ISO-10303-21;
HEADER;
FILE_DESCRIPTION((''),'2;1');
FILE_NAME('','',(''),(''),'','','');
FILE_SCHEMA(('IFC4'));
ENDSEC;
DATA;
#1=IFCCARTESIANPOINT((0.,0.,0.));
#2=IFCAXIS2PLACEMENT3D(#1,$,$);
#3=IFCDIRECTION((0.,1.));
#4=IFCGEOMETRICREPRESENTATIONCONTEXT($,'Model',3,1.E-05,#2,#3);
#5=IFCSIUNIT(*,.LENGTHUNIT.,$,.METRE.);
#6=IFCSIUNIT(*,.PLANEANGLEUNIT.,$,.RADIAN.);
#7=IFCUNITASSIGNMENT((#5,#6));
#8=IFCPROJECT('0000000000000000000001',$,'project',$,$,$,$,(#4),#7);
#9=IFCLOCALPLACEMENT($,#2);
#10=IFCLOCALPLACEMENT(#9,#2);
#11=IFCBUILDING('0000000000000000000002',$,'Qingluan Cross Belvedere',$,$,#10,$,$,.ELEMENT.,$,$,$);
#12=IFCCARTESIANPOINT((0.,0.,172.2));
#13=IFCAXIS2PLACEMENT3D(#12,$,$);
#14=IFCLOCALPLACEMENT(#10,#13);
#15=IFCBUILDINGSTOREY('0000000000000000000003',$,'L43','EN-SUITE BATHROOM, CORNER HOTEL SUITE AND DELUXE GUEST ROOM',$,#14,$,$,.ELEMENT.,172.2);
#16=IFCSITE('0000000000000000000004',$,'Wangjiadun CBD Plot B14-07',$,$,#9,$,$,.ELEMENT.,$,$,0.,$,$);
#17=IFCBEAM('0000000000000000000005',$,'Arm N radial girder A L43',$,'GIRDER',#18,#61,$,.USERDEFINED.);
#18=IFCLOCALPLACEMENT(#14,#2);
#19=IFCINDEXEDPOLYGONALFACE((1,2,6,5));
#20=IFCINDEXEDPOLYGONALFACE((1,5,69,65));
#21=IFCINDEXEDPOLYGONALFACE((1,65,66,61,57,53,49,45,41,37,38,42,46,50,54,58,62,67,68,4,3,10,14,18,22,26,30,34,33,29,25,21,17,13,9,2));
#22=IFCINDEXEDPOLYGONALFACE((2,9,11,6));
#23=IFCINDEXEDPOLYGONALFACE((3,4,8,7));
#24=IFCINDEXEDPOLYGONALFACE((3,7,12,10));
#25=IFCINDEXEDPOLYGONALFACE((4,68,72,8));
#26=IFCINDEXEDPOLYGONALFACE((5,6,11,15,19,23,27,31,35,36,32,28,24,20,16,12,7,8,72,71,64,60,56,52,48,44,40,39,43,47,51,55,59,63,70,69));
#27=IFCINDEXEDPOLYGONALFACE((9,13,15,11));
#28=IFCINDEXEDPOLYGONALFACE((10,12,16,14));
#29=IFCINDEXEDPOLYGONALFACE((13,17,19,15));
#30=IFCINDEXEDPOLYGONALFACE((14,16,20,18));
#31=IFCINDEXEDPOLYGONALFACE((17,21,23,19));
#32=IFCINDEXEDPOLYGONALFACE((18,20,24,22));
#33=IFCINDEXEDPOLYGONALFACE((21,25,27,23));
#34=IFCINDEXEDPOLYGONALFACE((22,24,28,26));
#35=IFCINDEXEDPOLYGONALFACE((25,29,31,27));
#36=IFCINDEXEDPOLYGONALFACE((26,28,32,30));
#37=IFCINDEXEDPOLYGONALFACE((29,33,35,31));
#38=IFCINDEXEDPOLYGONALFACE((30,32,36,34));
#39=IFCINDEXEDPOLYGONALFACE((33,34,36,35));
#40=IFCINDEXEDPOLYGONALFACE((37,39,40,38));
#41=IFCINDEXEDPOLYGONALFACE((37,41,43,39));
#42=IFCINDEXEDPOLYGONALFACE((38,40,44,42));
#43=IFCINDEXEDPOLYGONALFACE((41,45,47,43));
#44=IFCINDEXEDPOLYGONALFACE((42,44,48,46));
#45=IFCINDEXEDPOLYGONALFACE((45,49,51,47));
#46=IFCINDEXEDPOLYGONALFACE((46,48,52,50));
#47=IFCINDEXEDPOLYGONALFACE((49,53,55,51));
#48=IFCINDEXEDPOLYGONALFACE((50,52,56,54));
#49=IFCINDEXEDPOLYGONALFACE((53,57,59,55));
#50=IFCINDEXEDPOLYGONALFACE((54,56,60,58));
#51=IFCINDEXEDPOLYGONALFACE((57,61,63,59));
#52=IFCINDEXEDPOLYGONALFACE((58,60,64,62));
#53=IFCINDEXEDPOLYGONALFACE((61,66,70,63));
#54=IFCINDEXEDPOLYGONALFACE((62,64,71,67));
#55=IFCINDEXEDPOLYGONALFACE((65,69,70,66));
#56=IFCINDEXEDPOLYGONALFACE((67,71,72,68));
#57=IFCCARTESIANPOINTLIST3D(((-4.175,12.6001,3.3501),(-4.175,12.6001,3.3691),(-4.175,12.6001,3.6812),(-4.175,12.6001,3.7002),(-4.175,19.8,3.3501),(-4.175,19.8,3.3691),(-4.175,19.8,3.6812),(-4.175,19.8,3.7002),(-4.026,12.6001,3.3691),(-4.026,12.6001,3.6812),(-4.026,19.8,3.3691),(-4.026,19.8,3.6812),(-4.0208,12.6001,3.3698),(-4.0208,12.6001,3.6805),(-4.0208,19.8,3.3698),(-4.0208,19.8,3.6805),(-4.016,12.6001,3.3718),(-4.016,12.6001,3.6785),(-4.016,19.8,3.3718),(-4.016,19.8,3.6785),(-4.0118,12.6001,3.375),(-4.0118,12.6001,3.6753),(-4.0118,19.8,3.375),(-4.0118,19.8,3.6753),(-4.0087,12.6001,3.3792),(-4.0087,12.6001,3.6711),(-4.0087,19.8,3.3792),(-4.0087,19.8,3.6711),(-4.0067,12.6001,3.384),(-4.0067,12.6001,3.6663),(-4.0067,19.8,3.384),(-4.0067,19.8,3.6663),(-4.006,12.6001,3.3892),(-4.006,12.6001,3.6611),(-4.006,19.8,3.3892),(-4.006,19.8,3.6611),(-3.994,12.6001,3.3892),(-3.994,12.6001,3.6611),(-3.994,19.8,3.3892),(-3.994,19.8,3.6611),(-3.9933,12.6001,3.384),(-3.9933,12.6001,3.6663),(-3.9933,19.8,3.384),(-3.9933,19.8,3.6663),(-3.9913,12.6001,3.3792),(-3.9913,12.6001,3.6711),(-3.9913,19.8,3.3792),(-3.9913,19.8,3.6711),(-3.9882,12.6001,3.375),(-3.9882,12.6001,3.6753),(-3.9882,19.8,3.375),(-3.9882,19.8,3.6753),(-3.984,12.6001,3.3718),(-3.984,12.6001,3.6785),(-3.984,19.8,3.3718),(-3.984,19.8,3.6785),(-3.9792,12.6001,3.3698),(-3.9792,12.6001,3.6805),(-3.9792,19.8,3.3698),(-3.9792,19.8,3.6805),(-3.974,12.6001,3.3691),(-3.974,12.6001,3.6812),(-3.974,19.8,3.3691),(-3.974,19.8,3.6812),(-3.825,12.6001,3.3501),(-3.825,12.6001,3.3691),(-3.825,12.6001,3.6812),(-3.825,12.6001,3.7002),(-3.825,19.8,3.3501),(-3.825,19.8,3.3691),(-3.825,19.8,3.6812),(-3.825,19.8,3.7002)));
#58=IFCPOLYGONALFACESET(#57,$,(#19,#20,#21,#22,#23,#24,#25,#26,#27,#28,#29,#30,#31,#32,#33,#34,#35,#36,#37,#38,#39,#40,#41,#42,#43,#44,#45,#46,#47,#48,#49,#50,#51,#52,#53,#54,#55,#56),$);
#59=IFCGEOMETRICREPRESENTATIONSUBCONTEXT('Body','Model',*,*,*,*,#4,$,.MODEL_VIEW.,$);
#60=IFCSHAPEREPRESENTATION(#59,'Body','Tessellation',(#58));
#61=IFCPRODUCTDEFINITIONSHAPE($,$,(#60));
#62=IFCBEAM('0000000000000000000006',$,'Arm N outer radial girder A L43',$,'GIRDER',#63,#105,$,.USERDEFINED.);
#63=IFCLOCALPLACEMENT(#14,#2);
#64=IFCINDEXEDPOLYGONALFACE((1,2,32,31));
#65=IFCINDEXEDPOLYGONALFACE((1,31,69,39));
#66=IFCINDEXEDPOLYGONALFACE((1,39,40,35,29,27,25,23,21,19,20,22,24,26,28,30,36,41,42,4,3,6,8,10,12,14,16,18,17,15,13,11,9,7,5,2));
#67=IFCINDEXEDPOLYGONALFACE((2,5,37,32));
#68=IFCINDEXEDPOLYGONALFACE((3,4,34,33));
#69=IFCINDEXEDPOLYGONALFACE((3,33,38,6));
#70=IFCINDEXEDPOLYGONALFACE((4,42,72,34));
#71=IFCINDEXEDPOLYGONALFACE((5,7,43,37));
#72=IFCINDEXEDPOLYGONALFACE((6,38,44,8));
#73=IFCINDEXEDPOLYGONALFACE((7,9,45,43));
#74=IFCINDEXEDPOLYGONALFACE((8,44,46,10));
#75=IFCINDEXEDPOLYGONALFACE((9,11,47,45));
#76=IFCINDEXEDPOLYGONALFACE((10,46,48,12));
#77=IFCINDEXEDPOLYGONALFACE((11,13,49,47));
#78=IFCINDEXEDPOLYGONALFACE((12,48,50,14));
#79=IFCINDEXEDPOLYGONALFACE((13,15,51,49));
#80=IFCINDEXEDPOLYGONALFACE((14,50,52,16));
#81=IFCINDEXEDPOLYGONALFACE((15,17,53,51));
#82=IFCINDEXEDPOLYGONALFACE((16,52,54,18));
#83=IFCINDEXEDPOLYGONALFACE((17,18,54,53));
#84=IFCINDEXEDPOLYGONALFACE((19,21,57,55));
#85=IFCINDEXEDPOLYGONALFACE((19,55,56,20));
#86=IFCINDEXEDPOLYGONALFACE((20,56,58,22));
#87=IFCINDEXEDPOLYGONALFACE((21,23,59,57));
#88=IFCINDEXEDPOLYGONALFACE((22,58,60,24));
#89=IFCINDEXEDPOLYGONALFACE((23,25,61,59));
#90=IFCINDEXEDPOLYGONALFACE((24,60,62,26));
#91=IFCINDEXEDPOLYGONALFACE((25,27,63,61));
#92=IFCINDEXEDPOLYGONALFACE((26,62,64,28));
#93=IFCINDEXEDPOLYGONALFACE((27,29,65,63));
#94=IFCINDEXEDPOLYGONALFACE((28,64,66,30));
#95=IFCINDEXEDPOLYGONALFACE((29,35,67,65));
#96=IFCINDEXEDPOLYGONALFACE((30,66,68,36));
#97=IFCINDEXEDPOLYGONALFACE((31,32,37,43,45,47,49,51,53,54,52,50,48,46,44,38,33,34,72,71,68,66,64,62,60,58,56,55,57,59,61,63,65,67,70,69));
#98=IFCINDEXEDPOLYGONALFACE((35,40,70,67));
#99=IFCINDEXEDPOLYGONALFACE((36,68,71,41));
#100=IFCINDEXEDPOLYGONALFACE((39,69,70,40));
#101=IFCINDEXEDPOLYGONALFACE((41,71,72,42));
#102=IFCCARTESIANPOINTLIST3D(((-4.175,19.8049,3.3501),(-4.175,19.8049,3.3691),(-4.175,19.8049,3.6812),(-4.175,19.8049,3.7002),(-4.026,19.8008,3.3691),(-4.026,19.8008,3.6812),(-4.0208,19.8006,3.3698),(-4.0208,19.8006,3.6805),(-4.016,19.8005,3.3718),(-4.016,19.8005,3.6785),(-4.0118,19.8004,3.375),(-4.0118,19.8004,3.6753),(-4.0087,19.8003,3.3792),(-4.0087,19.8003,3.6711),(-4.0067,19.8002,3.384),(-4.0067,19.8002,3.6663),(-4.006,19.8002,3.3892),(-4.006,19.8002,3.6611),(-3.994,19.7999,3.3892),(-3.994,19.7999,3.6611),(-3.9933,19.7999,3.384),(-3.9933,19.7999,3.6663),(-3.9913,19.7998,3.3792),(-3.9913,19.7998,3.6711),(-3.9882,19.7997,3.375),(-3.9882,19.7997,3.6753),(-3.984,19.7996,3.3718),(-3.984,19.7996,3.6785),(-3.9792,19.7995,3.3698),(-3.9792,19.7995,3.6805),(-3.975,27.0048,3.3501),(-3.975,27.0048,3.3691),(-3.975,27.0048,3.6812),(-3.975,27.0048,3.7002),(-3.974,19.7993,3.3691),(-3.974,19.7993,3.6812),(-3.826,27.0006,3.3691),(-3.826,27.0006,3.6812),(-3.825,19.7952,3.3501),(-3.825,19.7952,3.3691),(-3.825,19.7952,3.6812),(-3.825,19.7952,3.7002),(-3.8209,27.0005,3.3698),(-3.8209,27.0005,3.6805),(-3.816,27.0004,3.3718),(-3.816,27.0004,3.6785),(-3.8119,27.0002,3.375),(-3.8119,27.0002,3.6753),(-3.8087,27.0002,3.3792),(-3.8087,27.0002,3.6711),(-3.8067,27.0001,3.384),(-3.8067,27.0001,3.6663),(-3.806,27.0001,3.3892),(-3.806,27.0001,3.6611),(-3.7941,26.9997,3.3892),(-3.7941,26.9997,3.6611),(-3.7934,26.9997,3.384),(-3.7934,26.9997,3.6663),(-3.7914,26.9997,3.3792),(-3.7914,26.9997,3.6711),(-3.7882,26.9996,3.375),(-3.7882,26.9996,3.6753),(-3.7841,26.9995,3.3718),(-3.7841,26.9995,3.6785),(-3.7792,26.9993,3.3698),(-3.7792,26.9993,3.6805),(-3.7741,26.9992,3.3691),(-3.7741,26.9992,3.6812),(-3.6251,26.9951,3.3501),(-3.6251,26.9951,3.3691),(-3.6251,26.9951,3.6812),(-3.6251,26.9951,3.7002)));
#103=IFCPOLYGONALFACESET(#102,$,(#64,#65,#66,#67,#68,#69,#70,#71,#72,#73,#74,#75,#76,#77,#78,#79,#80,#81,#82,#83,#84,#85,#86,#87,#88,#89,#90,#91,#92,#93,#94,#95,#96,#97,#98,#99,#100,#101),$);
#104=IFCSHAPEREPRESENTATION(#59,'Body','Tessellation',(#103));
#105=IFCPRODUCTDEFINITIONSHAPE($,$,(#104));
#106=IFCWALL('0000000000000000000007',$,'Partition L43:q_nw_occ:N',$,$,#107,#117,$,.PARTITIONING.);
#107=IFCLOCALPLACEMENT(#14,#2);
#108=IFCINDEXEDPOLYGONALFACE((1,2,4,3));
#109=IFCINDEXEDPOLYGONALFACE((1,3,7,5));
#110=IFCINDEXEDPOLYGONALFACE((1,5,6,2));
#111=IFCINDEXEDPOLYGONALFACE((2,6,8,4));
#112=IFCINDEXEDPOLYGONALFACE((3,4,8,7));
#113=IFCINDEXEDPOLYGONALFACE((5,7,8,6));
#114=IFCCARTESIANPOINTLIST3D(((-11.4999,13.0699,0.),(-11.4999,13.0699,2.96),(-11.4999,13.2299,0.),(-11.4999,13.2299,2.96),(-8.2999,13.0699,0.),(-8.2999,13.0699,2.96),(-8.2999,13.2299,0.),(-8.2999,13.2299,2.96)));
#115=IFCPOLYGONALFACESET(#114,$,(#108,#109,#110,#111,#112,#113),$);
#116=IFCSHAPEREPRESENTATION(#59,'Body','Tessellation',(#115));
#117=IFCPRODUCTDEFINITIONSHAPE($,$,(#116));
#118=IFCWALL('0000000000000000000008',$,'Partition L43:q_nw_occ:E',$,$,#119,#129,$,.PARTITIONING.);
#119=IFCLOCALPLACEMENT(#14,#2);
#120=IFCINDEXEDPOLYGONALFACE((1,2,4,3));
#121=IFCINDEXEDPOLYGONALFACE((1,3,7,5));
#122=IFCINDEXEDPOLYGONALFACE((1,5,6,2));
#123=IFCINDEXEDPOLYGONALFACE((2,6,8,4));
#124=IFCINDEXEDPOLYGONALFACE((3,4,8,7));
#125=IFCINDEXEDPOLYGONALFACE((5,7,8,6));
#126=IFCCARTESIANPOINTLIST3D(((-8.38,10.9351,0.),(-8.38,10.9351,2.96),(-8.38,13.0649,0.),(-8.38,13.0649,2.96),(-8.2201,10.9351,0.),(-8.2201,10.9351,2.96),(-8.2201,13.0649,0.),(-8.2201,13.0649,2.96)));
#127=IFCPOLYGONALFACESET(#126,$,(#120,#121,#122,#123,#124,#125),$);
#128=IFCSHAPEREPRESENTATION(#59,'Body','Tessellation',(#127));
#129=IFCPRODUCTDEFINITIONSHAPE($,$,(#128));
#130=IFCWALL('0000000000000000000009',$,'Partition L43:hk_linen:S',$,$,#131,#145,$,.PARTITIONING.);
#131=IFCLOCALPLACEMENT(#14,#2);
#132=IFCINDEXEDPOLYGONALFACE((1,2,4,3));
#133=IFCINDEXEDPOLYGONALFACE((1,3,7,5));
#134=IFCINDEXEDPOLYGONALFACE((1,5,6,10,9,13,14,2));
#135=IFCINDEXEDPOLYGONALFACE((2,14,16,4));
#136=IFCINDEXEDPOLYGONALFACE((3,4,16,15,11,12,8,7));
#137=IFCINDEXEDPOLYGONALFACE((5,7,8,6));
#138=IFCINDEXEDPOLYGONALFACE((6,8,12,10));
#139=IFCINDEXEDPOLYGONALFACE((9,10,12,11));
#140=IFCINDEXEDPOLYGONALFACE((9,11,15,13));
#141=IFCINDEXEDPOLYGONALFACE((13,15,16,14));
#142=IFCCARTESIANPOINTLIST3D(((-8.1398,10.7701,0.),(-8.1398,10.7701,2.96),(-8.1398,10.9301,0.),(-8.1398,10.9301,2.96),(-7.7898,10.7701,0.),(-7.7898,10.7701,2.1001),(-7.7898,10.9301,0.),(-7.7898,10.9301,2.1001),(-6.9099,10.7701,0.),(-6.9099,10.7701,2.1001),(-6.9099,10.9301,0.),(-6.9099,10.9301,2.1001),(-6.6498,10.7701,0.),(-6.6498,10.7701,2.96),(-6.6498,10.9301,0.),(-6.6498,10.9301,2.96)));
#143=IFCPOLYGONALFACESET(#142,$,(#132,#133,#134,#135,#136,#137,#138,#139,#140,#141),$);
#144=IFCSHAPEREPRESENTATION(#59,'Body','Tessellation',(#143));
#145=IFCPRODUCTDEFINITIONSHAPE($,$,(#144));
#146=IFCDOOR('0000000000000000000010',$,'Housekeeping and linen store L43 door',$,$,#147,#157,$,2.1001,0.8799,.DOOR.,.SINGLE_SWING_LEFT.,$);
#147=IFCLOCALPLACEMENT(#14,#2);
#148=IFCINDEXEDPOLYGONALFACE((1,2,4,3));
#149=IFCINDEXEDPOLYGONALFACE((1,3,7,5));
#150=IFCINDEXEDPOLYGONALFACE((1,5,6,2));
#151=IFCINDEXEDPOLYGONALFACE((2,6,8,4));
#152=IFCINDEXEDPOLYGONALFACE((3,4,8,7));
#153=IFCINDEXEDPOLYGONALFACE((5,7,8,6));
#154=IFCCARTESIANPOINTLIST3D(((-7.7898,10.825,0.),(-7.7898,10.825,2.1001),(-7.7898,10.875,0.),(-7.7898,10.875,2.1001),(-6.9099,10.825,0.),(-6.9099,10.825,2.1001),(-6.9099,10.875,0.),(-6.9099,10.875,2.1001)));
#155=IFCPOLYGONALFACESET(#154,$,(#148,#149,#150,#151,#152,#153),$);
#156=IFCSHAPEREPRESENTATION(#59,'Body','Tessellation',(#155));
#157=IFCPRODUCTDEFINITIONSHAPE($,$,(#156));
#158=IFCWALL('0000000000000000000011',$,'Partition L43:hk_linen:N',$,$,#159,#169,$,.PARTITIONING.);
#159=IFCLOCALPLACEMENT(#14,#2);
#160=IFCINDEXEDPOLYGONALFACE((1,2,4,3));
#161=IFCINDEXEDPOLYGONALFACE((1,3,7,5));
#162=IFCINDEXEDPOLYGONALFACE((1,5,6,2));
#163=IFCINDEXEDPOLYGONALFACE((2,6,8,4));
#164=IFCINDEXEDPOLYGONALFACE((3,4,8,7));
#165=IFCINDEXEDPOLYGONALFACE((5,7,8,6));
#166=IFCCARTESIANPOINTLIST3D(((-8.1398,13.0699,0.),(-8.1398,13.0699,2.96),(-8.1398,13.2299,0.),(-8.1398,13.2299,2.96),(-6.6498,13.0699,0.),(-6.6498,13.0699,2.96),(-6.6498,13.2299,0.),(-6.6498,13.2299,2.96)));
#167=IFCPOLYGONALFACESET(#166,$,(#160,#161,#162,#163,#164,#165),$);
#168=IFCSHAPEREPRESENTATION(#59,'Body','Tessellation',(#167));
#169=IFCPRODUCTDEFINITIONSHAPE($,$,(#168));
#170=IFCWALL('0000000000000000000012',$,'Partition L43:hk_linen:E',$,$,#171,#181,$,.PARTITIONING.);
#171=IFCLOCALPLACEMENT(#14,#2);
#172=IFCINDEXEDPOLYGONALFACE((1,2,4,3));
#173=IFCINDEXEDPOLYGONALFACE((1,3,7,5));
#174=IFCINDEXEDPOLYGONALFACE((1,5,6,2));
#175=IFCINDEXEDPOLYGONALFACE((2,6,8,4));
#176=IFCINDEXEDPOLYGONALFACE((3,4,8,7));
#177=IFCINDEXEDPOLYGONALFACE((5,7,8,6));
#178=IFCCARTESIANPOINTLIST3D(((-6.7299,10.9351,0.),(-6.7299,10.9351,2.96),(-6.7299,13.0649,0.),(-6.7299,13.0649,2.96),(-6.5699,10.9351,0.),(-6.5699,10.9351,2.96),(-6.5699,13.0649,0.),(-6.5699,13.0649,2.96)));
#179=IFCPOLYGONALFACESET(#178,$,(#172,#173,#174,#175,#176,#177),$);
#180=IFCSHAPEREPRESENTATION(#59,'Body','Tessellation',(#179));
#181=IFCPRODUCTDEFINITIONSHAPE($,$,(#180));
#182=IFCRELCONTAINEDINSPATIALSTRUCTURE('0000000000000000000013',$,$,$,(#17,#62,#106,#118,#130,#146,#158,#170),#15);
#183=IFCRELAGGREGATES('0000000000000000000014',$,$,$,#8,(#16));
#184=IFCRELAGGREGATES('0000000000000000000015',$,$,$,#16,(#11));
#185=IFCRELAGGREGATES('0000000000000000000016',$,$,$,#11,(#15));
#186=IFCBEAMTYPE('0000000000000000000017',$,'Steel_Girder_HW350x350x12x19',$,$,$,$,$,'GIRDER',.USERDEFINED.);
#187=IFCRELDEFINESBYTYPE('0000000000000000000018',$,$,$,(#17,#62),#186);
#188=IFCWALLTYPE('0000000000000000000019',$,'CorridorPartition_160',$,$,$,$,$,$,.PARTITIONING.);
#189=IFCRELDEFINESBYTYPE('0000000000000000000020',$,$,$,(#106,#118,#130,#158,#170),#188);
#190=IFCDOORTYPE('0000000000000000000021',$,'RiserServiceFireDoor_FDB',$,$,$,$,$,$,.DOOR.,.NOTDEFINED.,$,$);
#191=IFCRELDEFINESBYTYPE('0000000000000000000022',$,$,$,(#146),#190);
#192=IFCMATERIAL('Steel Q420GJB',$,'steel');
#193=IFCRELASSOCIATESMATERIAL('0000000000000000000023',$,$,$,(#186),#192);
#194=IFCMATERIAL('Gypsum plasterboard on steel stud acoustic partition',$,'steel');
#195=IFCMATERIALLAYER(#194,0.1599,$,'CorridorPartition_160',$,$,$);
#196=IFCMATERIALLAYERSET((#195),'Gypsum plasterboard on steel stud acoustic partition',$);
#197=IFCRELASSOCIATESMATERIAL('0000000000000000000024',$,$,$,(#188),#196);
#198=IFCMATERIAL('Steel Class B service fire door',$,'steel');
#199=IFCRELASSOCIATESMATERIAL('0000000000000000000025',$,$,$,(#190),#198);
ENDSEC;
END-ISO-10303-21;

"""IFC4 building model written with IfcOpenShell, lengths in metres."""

from ifc_helpers import new_model, si_unit, direction, frame, frame_2d, origin, origin_2d, place, context, subcontext, project, spatial, rectangle, i_section, extrude, material, layer, layer_set, material_profile, profile_set, type_object, element, fill, save


model = new_model("IFC4")

# Units and contexts
model_context = context("Model", 3, precision=1e-05, world=origin(), true_north=direction((0.0, 1.0)))
body_context = subcontext(model_context, "Body", "Model", "MODEL_VIEW")
ifc_project = project(units=[si_unit("LENGTHUNIT", "METRE"), si_unit("PLANEANGLEUNIT", "RADIAN")], contexts=[model_context])

# Site, building, storey
site_placement = place(None, origin())
site = spatial("IfcSite", under=ifc_project, at=site_placement, Name="Wangjiadun CBD Plot B14-07", CompositionType="ELEMENT", RefElevation=0.0)
building_placement = place(site_placement, origin())
building = spatial("IfcBuilding", under=site, at=building_placement, Name="Qingluan Cross Belvedere", CompositionType="ELEMENT")
storey_placement = place(building_placement, frame((0.0, 0.0, 172.2)))
storey = spatial("IfcBuildingStorey", under=building, at=storey_placement, Name="L43", Description="EN-SUITE BATHROOM, CORNER HOTEL SUITE AND DELUXE GUEST ROOM", CompositionType="ELEMENT", Elevation=172.2)

# Beams
ifc_material_1 = material(Name="Steel Q420GJB", Category="steel")
ifc_material_profile_1 = material_profile(ifc_material_1, i_section(OverallWidth=0.3501, OverallDepth=0.3501, WebThickness=0.012, FlangeThickness=0.019, FilletRadius=0.02, at=origin_2d()), Name="HW350x350x12x19")
ifc_profile_set_1 = profile_set([ifc_material_profile_1], Name="Steel Q420GJB")
beam_type_1 = type_object("IfcBeamType", Name="Steel_Girder_HW350x350x12x19", ElementType="GIRDER", PredefinedType="USERDEFINED", material=ifc_profile_set_1)
beam_1_placement = place(storey_placement, frame((-4.0, 12.6001, 3.5251), z_axis=(0.0, 1.0, 0.0), x_axis=(-1.0, 0.0, 0.0)))
element("IfcBeam", 1, at=beam_1_placement, inside=storey, type_object=beam_type_1, Name="Arm N radial girder A L43", ObjectType="GIRDER", PredefinedType="USERDEFINED", context=body_context, shape_type="SweptSolid", body=[
    extrude(i_section(OverallWidth=0.3501, OverallDepth=0.3501, WebThickness=0.012, FlangeThickness=0.019, FilletRadius=0.02, at=origin_2d()), origin(), (0.0, 0.0, 1.0), 7.2),
])
beam_2_placement = place(storey_placement, frame((-4.0, 19.8, 3.5251), z_axis=(0.02776, 0.999615, 0.0), x_axis=(-0.999615, 0.02776, 0.0)))
element("IfcBeam", 2, at=beam_2_placement, inside=storey, type_object=beam_type_1, Name="Arm N outer radial girder A L43", ObjectType="GIRDER", PredefinedType="USERDEFINED", context=body_context, shape_type="SweptSolid", body=[
    extrude(i_section(OverallWidth=0.3501, OverallDepth=0.3501, WebThickness=0.012, FlangeThickness=0.019, FilletRadius=0.02, at=origin_2d()), origin(), (0.0, 0.0, 1.0), 7.2026),
])

# Walls
ifc_material_2 = material(Name="Gypsum plasterboard on steel stud acoustic partition", Category="steel")
ifc_layer_1 = layer(ifc_material_2, 0.1599, Name="CorridorPartition_160")
ifc_layer_set_1 = layer_set([ifc_layer_1], Name="Gypsum plasterboard on steel stud acoustic partition")
wall_type_1 = type_object("IfcWallType", Name="CorridorPartition_160", PredefinedType="PARTITIONING", material=ifc_layer_set_1)
wall_1_placement = place(storey_placement, frame((-11.5, 13.1499, 0.0), z_axis=(0.0, 0.0, 1.0), x_axis=(1.0, 0.0, 0.0)))
element("IfcWall", 3, at=wall_1_placement, inside=storey, type_object=wall_type_1, Name="Partition L43:q_nw_occ:N", PredefinedType="PARTITIONING", context=body_context, shape_type="SweptSolid", body=[
    extrude(rectangle(XDim=3.2, YDim=0.1599, at=frame_2d((1.6001, 0.0))), origin(), (0.0, 0.0, 1.0), 2.96),
])
wall_2_placement = place(storey_placement, frame((-8.3, 10.9351, 0.0), z_axis=(0.0, 0.0, 1.0), x_axis=(0.0, 1.0, 0.0)))
element("IfcWall", 4, at=wall_2_placement, inside=storey, type_object=wall_type_1, Name="Partition L43:q_nw_occ:E", PredefinedType="PARTITIONING", context=body_context, shape_type="SweptSolid", body=[
    extrude(rectangle(XDim=2.1299, YDim=0.1599, at=frame_2d((1.0649, 0.0))), origin(), (0.0, 0.0, 1.0), 2.96),
])

# Wall, opening, door
wall_3_placement = place(storey_placement, frame((-8.1399, 10.8501, 0.0), z_axis=(0.0, 0.0, 1.0), x_axis=(1.0, 0.0, 0.0)))
wall_3 = element("IfcWall", 5, at=wall_3_placement, inside=storey, type_object=wall_type_1, Name="Partition L43:hk_linen:S", PredefinedType="PARTITIONING", context=body_context, shape_type="SweptSolid", body=[
    extrude(rectangle(XDim=1.49, YDim=0.1599, at=frame_2d((0.7451, 0.0))), origin(), (0.0, 0.0, 1.0), 2.96),
])
opening_1_placement = place(wall_3_placement, frame((0.3501, 0.0, 0.0)))
opening_1 = element("IfcOpeningElement", 6, at=opening_1_placement, cuts=wall_3, PredefinedType="OPENING", context=body_context, shape_type="SweptSolid", body=[
    extrude(rectangle(XDim=0.8799, YDim=2.1001, at=frame_2d((0.4399, 1.05))), frame((0.0, 0.0898, 0.0), z_axis=(0.0, -1.0, 0.0), x_axis=(1.0, 0.0, 0.0)), (0.0, 0.0, 1.0), 0.1799),
])
ifc_material_3 = material(Name="Steel Class B service fire door", Category="steel")
door_type_1 = type_object("IfcDoorType", Name="RiserServiceFireDoor_FDB", OperationType="NOTDEFINED", PredefinedType="DOOR", material=ifc_material_3)
door_1_placement = place(opening_1_placement, origin())
door_1 = element("IfcDoor", 7, at=door_1_placement, inside=storey, type_object=door_type_1, Name="Housekeeping and linen store L43 door", OperationType="SINGLE_SWING_LEFT", OverallHeight=2.1001, OverallWidth=0.8799, PredefinedType="DOOR", context=body_context, shape_type="SweptSolid", body=[
    extrude(rectangle(XDim=0.8799, YDim=2.1001, at=frame_2d((0.4399, 1.05))), frame((0.0, 0.0249, 0.0), z_axis=(0.0, -1.0, 0.0), x_axis=(1.0, 0.0, 0.0)), (0.0, 0.0, 1.0), 0.05),
])
fill(opening_1, door_1)

# Walls
wall_4_placement = place(storey_placement, frame((-8.1399, 13.1499, 0.0), z_axis=(0.0, 0.0, 1.0), x_axis=(1.0, 0.0, 0.0)))
element("IfcWall", 8, at=wall_4_placement, inside=storey, type_object=wall_type_1, Name="Partition L43:hk_linen:N", PredefinedType="PARTITIONING", context=body_context, shape_type="SweptSolid", body=[
    extrude(rectangle(XDim=1.49, YDim=0.1599, at=frame_2d((0.7451, 0.0))), origin(), (0.0, 0.0, 1.0), 2.96),
])
wall_5_placement = place(storey_placement, frame((-6.6499, 10.9351, 0.0), z_axis=(0.0, 0.0, 1.0), x_axis=(0.0, 1.0, 0.0)))
element("IfcWall", 9, at=wall_5_placement, inside=storey, type_object=wall_type_1, Name="Partition L43:hk_linen:E", PredefinedType="PARTITIONING", context=body_context, shape_type="SweptSolid", body=[
    extrude(rectangle(XDim=2.1299, YDim=0.1599, at=frame_2d((1.0649, 0.0))), origin(), (0.0, 0.0, 1.0), 2.96),
])

save(model, "model.ifc")
